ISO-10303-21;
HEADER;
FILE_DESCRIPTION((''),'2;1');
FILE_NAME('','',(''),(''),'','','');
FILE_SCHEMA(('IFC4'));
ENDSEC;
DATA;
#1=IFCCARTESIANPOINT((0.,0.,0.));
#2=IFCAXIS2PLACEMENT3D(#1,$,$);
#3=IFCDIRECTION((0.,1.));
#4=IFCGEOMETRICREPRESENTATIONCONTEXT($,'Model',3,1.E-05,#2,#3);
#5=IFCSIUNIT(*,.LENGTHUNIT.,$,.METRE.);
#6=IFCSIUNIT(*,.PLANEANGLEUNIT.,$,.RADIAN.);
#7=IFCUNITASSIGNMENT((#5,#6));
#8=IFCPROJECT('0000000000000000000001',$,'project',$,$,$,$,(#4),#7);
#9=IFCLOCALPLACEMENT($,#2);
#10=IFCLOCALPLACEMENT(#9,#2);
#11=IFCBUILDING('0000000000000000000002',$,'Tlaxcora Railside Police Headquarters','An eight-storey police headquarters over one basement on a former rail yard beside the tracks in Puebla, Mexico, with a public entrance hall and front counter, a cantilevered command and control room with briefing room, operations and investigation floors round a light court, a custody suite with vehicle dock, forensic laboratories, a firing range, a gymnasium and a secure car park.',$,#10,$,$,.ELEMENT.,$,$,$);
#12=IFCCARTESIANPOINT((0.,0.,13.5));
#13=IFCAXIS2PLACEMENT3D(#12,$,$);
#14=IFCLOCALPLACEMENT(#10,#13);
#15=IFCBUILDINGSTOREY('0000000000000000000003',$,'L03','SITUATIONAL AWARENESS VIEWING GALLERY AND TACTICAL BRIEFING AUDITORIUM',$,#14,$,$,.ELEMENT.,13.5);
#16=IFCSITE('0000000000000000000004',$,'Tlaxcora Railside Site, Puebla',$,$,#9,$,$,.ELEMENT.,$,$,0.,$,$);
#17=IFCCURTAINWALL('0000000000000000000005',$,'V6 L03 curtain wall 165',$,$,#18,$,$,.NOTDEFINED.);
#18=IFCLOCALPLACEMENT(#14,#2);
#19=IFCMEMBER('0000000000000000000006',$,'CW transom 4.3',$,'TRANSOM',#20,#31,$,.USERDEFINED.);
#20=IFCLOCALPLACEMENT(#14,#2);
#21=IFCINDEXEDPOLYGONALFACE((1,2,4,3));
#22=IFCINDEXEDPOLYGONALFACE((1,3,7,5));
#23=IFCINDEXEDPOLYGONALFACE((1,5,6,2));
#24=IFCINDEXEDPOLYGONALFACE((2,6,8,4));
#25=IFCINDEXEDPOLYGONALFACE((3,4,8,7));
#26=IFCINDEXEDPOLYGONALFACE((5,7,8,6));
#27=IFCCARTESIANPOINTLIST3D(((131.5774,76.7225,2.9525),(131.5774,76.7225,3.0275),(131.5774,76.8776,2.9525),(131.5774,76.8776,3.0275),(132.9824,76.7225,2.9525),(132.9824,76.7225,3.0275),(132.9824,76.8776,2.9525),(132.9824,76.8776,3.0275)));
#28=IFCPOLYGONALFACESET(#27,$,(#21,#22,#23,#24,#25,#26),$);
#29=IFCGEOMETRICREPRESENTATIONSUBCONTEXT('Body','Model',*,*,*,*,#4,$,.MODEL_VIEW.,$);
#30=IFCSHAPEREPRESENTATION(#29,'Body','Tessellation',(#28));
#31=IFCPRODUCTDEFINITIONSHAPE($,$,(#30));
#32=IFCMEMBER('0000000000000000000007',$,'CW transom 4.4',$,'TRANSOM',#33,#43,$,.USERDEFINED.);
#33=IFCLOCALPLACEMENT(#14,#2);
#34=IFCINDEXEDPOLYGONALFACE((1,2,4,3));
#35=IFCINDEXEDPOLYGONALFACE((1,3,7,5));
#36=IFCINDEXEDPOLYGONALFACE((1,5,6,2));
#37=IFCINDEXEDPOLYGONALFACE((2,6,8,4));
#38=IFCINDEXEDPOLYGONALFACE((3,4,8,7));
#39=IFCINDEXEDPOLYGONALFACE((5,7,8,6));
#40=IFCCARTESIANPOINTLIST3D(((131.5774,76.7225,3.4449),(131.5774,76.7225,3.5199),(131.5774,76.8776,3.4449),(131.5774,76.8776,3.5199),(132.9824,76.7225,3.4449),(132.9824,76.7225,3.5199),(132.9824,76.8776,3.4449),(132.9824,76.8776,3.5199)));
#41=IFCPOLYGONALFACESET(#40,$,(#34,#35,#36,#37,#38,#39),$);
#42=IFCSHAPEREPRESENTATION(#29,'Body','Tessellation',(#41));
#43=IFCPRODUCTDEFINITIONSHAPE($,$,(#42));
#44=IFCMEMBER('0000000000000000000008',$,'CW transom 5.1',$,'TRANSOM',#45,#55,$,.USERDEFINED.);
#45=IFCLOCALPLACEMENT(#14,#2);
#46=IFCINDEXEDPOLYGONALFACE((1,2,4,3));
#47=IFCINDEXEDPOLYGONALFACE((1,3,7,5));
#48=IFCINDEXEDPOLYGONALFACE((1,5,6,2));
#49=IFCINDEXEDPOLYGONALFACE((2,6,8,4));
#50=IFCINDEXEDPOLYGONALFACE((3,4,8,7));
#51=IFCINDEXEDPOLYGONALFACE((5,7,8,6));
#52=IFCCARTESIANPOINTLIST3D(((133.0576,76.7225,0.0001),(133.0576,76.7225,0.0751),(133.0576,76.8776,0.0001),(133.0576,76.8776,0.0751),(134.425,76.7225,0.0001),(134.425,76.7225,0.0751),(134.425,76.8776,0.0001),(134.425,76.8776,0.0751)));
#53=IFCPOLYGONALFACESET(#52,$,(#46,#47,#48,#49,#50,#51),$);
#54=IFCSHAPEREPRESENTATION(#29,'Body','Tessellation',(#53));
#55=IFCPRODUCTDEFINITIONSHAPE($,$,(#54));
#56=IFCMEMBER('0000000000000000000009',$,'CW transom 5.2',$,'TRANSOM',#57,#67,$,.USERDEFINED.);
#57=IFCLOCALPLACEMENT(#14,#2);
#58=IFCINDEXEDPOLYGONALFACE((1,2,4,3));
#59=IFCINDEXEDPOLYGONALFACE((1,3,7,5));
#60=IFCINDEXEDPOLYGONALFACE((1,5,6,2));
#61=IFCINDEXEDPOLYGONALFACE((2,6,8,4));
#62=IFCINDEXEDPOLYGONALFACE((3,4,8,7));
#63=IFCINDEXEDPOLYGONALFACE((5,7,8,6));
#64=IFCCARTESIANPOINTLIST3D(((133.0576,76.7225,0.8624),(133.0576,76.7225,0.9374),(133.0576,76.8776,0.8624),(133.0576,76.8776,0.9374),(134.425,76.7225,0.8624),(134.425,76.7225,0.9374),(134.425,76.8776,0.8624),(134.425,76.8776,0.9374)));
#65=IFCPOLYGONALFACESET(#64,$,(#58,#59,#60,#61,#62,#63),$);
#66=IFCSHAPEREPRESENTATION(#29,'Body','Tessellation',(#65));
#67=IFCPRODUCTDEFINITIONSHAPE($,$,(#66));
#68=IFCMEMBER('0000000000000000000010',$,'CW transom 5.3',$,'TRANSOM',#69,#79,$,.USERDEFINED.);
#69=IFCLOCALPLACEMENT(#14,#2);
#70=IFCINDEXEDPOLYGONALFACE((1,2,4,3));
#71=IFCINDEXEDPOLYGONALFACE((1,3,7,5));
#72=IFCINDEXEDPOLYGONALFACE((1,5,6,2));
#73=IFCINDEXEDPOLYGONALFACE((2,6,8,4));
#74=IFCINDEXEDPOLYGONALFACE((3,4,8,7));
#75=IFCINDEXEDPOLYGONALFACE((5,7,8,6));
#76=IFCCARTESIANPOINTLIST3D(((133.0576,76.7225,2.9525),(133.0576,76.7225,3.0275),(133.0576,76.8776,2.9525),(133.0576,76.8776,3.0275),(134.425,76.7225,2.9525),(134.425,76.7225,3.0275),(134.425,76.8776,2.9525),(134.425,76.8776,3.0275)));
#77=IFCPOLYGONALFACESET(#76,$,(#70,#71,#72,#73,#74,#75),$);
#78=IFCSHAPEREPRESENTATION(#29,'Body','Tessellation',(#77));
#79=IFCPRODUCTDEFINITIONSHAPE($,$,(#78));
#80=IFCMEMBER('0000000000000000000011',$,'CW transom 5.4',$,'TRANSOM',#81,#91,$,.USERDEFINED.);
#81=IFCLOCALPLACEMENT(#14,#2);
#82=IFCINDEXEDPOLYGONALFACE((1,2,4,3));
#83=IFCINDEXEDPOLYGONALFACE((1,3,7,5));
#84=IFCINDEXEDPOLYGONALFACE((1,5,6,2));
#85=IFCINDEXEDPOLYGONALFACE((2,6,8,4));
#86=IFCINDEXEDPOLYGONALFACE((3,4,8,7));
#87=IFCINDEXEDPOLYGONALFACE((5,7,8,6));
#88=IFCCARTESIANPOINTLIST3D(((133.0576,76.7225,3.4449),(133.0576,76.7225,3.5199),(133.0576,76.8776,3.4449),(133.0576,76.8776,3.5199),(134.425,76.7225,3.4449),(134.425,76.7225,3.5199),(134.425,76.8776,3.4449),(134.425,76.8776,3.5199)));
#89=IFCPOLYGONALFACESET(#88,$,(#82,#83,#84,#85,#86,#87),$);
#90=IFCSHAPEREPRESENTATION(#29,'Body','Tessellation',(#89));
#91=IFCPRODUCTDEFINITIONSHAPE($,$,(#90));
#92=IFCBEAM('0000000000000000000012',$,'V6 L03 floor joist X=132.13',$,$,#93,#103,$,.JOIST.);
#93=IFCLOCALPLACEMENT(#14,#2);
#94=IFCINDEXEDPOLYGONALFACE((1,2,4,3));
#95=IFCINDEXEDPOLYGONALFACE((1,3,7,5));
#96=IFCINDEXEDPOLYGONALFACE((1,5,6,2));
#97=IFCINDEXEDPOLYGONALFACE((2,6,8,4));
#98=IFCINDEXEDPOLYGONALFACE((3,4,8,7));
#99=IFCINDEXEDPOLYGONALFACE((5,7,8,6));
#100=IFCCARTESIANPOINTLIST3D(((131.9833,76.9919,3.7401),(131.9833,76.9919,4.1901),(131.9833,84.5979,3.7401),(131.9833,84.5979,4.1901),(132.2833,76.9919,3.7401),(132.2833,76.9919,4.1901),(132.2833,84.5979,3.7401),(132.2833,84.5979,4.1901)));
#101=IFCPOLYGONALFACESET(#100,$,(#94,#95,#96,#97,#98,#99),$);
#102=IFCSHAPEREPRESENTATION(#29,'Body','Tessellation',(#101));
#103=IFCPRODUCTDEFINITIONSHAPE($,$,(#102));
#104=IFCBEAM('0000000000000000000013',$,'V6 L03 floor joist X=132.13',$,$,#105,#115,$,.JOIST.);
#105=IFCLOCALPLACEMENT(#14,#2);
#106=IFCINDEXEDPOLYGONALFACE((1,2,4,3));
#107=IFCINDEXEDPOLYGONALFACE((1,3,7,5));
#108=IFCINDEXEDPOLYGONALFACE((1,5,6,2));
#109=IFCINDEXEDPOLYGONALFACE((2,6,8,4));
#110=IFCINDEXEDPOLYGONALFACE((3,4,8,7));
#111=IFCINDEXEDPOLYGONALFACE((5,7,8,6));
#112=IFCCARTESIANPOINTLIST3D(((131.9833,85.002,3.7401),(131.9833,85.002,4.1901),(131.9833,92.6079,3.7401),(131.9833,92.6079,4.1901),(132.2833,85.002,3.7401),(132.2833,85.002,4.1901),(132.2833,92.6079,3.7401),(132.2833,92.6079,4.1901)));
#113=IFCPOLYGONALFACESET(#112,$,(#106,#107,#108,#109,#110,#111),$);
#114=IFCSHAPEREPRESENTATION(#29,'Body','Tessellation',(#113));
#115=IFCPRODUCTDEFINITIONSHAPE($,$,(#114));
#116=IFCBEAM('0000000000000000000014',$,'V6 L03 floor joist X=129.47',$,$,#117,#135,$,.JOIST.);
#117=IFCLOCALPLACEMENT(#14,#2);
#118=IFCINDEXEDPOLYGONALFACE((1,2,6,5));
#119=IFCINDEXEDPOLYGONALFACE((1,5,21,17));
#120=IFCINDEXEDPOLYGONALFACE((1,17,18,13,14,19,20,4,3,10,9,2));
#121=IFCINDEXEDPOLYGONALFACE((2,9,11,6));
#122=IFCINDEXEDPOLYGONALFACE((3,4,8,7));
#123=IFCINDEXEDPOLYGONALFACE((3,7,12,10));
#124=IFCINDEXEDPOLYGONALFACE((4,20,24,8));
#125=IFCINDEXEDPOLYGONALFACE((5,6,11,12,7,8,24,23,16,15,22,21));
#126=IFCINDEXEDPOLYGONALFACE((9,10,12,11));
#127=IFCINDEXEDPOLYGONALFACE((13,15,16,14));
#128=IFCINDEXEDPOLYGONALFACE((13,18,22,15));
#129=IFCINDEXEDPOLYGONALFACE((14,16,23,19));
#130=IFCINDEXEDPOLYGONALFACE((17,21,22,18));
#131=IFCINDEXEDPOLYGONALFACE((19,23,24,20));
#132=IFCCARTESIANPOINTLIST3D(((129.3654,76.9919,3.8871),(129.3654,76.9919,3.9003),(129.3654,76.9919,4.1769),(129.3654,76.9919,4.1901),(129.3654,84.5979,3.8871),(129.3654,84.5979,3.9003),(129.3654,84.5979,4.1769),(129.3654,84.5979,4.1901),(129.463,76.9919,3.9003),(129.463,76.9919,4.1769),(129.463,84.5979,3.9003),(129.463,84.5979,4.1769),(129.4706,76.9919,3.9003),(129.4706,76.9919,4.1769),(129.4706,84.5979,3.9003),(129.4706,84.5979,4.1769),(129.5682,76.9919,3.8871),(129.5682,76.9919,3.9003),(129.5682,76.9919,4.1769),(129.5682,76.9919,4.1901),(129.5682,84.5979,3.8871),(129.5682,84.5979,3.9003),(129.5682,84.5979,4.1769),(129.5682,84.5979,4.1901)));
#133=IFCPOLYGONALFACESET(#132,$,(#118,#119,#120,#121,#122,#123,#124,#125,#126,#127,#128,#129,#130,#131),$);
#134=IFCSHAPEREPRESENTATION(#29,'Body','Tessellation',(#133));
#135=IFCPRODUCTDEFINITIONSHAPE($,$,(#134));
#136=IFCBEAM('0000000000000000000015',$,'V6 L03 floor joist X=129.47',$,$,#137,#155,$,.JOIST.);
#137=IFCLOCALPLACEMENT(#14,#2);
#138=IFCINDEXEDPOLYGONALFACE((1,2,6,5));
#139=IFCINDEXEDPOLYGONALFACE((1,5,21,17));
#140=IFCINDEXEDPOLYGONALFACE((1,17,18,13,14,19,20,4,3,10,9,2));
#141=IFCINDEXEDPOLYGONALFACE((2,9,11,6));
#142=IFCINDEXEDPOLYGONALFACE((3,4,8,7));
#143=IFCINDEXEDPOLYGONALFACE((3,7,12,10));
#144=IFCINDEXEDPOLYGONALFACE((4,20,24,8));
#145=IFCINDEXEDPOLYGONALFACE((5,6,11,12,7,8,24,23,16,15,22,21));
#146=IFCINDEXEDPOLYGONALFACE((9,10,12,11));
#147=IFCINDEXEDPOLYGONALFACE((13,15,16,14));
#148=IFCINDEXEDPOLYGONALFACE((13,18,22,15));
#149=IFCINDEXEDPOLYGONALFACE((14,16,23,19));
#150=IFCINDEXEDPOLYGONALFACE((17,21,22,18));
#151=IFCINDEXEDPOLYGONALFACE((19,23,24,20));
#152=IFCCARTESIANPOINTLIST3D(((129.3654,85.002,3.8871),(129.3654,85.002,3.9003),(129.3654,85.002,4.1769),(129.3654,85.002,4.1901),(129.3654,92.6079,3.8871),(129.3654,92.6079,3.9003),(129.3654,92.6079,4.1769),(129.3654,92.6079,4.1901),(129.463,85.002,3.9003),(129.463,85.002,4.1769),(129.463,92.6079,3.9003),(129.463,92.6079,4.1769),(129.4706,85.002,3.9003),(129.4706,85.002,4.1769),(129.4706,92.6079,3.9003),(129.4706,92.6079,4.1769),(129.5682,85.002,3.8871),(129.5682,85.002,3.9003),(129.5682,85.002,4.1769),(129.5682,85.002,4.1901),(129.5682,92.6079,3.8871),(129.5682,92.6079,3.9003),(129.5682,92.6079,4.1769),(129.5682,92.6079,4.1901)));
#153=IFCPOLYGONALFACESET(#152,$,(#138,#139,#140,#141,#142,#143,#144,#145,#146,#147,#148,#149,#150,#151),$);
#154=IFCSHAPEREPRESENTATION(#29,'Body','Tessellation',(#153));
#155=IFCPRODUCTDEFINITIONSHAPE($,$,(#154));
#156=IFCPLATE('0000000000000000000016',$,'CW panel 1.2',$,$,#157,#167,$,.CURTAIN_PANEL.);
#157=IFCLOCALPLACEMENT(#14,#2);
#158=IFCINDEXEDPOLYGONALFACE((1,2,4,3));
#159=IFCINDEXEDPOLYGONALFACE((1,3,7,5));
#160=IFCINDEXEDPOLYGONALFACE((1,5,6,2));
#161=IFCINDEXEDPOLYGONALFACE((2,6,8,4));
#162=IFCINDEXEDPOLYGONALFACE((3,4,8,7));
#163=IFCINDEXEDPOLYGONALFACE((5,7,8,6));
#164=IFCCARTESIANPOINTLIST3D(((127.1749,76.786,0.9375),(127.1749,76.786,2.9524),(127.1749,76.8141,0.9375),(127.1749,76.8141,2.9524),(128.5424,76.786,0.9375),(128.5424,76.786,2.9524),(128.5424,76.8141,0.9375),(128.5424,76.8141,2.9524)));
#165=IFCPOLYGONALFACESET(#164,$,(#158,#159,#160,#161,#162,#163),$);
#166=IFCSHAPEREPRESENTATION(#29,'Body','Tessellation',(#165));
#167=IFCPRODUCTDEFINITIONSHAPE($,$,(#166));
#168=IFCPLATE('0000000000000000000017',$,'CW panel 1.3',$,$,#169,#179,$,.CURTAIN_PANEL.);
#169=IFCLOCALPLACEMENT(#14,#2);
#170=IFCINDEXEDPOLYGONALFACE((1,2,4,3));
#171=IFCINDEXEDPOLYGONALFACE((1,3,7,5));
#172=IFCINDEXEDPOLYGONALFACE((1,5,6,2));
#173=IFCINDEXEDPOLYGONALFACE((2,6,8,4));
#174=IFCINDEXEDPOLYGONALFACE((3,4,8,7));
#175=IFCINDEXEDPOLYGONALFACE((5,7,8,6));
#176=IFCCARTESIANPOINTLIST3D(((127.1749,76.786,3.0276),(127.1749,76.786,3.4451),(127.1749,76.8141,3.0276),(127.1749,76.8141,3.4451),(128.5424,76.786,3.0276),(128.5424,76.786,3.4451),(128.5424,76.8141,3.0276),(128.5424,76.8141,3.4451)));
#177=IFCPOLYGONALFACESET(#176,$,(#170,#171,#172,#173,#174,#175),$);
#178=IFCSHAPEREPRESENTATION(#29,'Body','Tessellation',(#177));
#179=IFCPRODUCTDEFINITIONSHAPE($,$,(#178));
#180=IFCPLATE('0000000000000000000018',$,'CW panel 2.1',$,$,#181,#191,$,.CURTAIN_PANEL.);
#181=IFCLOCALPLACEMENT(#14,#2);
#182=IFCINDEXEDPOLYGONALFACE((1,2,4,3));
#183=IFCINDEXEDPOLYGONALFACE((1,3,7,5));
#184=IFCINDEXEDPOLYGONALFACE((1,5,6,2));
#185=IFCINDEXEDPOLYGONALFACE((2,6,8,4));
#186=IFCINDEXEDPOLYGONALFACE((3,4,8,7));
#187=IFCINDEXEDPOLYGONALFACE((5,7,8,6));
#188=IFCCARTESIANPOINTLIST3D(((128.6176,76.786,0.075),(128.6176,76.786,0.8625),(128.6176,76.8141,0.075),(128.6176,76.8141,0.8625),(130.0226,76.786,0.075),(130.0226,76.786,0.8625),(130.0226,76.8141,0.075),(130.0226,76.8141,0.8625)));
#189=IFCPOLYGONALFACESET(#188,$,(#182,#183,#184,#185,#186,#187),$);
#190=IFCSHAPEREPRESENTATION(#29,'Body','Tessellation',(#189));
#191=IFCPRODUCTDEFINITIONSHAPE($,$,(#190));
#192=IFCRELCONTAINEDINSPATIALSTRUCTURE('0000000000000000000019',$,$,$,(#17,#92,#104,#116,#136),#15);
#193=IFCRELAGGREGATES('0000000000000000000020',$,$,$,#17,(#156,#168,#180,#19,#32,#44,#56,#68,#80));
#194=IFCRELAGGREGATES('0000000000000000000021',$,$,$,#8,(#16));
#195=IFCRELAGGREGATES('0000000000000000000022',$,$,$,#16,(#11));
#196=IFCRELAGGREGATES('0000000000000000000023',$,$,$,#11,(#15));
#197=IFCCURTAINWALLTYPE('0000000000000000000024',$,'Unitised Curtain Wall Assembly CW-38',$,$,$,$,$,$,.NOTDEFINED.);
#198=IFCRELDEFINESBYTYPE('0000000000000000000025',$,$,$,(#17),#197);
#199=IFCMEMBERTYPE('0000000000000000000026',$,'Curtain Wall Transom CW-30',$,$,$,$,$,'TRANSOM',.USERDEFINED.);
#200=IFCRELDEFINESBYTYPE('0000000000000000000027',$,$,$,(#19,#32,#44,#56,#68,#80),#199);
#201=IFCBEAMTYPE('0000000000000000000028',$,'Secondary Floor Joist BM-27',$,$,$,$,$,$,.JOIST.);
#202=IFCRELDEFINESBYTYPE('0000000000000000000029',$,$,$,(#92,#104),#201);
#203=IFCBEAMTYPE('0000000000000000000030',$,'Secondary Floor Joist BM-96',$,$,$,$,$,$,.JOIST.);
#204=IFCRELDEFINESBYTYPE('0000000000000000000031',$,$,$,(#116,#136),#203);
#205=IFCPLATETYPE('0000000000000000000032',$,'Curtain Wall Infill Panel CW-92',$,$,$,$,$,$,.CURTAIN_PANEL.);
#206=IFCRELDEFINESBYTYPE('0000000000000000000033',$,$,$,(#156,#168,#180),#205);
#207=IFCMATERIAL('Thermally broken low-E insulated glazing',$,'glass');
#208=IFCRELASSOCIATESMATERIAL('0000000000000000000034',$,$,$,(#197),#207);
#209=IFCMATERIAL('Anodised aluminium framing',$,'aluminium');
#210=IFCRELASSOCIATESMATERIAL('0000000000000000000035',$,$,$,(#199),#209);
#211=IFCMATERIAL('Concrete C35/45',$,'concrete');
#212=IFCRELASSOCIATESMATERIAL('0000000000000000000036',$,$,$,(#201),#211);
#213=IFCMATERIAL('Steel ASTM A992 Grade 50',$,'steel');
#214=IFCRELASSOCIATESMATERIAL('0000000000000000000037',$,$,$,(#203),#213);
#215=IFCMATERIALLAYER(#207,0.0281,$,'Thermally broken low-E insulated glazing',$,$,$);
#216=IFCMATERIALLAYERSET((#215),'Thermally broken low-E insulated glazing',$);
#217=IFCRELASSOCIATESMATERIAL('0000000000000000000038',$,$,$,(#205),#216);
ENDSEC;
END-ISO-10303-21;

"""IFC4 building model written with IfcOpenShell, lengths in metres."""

from ifc_helpers import new_model, si_unit, direction, frame, origin, origin_2d, place, context, subcontext, project, spatial, rectangle, i_section, extrude, material, layer, layer_set, material_profile, profile_set, type_object, element, aggregate, save


model = new_model("IFC4")

# Units and contexts
model_context = context("Model", 3, precision=1e-05, world=origin(), true_north=direction((0.0, 1.0)))
body_context = subcontext(model_context, "Body", "Model", "MODEL_VIEW")
ifc_project = project(units=[si_unit("LENGTHUNIT", "METRE"), si_unit("PLANEANGLEUNIT", "RADIAN")], contexts=[model_context])

# Site, building, storey
site_placement = place(None, origin())
site = spatial("IfcSite", under=ifc_project, at=site_placement, Name="Tlaxcora Railside Site, Puebla", CompositionType="ELEMENT", RefElevation=0.0)
building_placement = place(site_placement, origin())
building = spatial("IfcBuilding", under=site, at=building_placement, Name="Tlaxcora Railside Police Headquarters", Description="An eight-storey police headquarters over one basement on a former rail yard beside the tracks in Puebla, Mexico, with a public entrance hall and front counter, a cantilevered command and control room with briefing room, operations and investigation floors round a light court, a custody suite with vehicle dock, forensic laboratories, a firing range, a gymnasium and a secure car park.", CompositionType="ELEMENT")
storey_placement = place(building_placement, frame((0.0, 0.0, 13.5)))
storey = spatial("IfcBuildingStorey", under=building, at=storey_placement, Name="L03", Description="SITUATIONAL AWARENESS VIEWING GALLERY AND TACTICAL BRIEFING AUDITORIUM", CompositionType="ELEMENT", Elevation=13.5)

# Curtain wall, members
ifc_material_1 = material(Name="Thermally broken low-E insulated glazing", Category="glass")
curtain_wall_type = type_object("IfcCurtainWallType", Name="Unitised Curtain Wall Assembly CW-38", PredefinedType="NOTDEFINED", material=ifc_material_1)
curtain_wall_placement = place(storey_placement, origin())
curtain_wall = element("IfcCurtainWall", 1, at=curtain_wall_placement, inside=storey, type_object=curtain_wall_type, Name="V6 L03 curtain wall 165", PredefinedType="NOTDEFINED")
ifc_material_2 = material(Name="Anodised aluminium framing", Category="aluminium")
ifc_material_profile_1 = material_profile(ifc_material_2, rectangle(XDim=0.155, YDim=0.075, at=origin_2d()), Name="AL75X155")
ifc_profile_set_1 = profile_set([ifc_material_profile_1], Name="Anodised aluminium framing")
member_type_1 = type_object("IfcMemberType", Name="Curtain Wall Transom CW-30", ElementType="TRANSOM", PredefinedType="USERDEFINED", material=ifc_profile_set_1)
member_1_placement = place(storey_placement, frame((131.5774, 76.8, 2.99), z_axis=(1.0, 0.0, 0.0), x_axis=(0.0, 1.0, 0.0)))
member_1 = element("IfcMember", 2, at=member_1_placement, type_object=member_type_1, Name="CW transom 4.3", ObjectType="TRANSOM", PredefinedType="USERDEFINED", context=body_context, shape_type="SweptSolid", body=[
    extrude(rectangle(XDim=0.155, YDim=0.075, at=origin_2d()), origin(), (0.0, 0.0, 1.0), 1.405),
])
member_2_placement = place(storey_placement, frame((131.5774, 76.8, 3.4824), z_axis=(1.0, 0.0, 0.0), x_axis=(0.0, 1.0, 0.0)))
member_2 = element("IfcMember", 3, at=member_2_placement, type_object=member_type_1, Name="CW transom 4.4", ObjectType="TRANSOM", PredefinedType="USERDEFINED", context=body_context, shape_type="SweptSolid", body=[
    extrude(rectangle(XDim=0.155, YDim=0.075, at=origin_2d()), origin(), (0.0, 0.0, 1.0), 1.405),
])
member_3_placement = place(storey_placement, frame((133.0576, 76.8, 0.0376), z_axis=(1.0, 0.0, 0.0), x_axis=(0.0, 1.0, 0.0)))
member_3 = element("IfcMember", 4, at=member_3_placement, type_object=member_type_1, Name="CW transom 5.1", ObjectType="TRANSOM", PredefinedType="USERDEFINED", context=body_context, shape_type="SweptSolid", body=[
    extrude(rectangle(XDim=0.155, YDim=0.075, at=origin_2d()), origin(), (0.0, 0.0, 1.0), 1.3674),
])
member_4_placement = place(storey_placement, frame((133.0576, 76.8, 0.8999), z_axis=(1.0, 0.0, 0.0), x_axis=(0.0, 1.0, 0.0)))
member_4 = element("IfcMember", 5, at=member_4_placement, type_object=member_type_1, Name="CW transom 5.2", ObjectType="TRANSOM", PredefinedType="USERDEFINED", context=body_context, shape_type="SweptSolid", body=[
    extrude(rectangle(XDim=0.155, YDim=0.075, at=origin_2d()), origin(), (0.0, 0.0, 1.0), 1.3674),
])
member_5_placement = place(storey_placement, frame((133.0576, 76.8, 2.99), z_axis=(1.0, 0.0, 0.0), x_axis=(0.0, 1.0, 0.0)))
member_5 = element("IfcMember", 6, at=member_5_placement, type_object=member_type_1, Name="CW transom 5.3", ObjectType="TRANSOM", PredefinedType="USERDEFINED", context=body_context, shape_type="SweptSolid", body=[
    extrude(rectangle(XDim=0.155, YDim=0.075, at=origin_2d()), origin(), (0.0, 0.0, 1.0), 1.3674),
])
member_6_placement = place(storey_placement, frame((133.0576, 76.8, 3.4824), z_axis=(1.0, 0.0, 0.0), x_axis=(0.0, 1.0, 0.0)))
member_6 = element("IfcMember", 7, at=member_6_placement, type_object=member_type_1, Name="CW transom 5.4", ObjectType="TRANSOM", PredefinedType="USERDEFINED", context=body_context, shape_type="SweptSolid", body=[
    extrude(rectangle(XDim=0.155, YDim=0.075, at=origin_2d()), origin(), (0.0, 0.0, 1.0), 1.3674),
])

# Beams
ifc_material_3 = material(Name="Concrete C35/45", Category="concrete")
ifc_material_profile_2 = material_profile(ifc_material_3, rectangle(XDim=0.3, YDim=0.45, at=origin_2d()), Name="RC300X450")
ifc_profile_set_2 = profile_set([ifc_material_profile_2], Name="Concrete C35/45")
beam_type_1 = type_object("IfcBeamType", Name="Secondary Floor Joist BM-27", PredefinedType="JOIST", material=ifc_profile_set_2)
for number, where, z_axis, x_axis, name in (
    (8, (132.1333, 76.9919, 3.9651), (0.0, 1.0, 0.0), (-1.0, 0.0, 0.0), "V6 L03 floor joist X=132.13"),
    (9, (132.1333, 85.002, 3.9651), (0.0, 1.0, 0.0), (-1.0, 0.0, 0.0), "V6 L03 floor joist X=132.13"),
):
    element("IfcBeam", number, at=place(storey_placement, frame(where, z_axis=z_axis, x_axis=x_axis)), inside=storey, type_object=beam_type_1, Name=name, PredefinedType="JOIST", context=body_context, shape_type="SweptSolid", body=[
        extrude(rectangle(XDim=0.3, YDim=0.45, at=origin_2d()), origin(), (0.0, 0.0, 1.0), 7.606),
    ])
ifc_material_4 = material(Name="Steel ASTM A992 Grade 50", Category="steel")
ifc_material_profile_3 = material_profile(ifc_material_4, i_section(OverallWidth=0.2029, OverallDepth=0.303, WebThickness=0.0076, FlangeThickness=0.0132, at=origin_2d()), Name="W12X40")
ifc_profile_set_3 = profile_set([ifc_material_profile_3], Name="Steel ASTM A992 Grade 50")
beam_type_2 = type_object("IfcBeamType", Name="Secondary Floor Joist BM-96", PredefinedType="JOIST", material=ifc_profile_set_3)
for number, where, z_axis, x_axis, name in (
    (10, (129.4668, 76.9919, 4.0386), (0.0, 1.0, 0.0), (-1.0, 0.0, 0.0), "V6 L03 floor joist X=129.47"),
    (11, (129.4668, 85.002, 4.0386), (0.0, 1.0, 0.0), (-1.0, 0.0, 0.0), "V6 L03 floor joist X=129.47"),
):
    element("IfcBeam", number, at=place(storey_placement, frame(where, z_axis=z_axis, x_axis=x_axis)), inside=storey, type_object=beam_type_2, Name=name, PredefinedType="JOIST", context=body_context, shape_type="SweptSolid", body=[
        extrude(i_section(OverallWidth=0.2029, OverallDepth=0.303, WebThickness=0.0076, FlangeThickness=0.0132, at=origin_2d()), origin(), (0.0, 0.0, 1.0), 7.606),
    ])

# Plates
ifc_layer = layer(ifc_material_1, 0.0281, Name="Thermally broken low-E insulated glazing")
ifc_layer_set = layer_set([ifc_layer], Name="Thermally broken low-E insulated glazing")
plate_type = type_object("IfcPlateType", Name="Curtain Wall Infill Panel CW-92", PredefinedType="CURTAIN_PANEL", material=ifc_layer_set)
plate_1_placement = place(storey_placement, frame((127.8586, 76.8, 0.9375), z_axis=(0.0, 0.0, 1.0), x_axis=(1.0, 0.0, 0.0)))
plate_1 = element("IfcPlate", 12, at=plate_1_placement, type_object=plate_type, Name="CW panel 1.2", PredefinedType="CURTAIN_PANEL", context=body_context, shape_type="SweptSolid", body=[
    extrude(rectangle(XDim=1.3674, YDim=0.0281, at=origin_2d()), origin(), (0.0, 0.0, 1.0), 2.0149),
])
plate_2_placement = place(storey_placement, frame((127.8586, 76.8, 3.0276), z_axis=(0.0, 0.0, 1.0), x_axis=(1.0, 0.0, 0.0)))
plate_2 = element("IfcPlate", 13, at=plate_2_placement, type_object=plate_type, Name="CW panel 1.3", PredefinedType="CURTAIN_PANEL", context=body_context, shape_type="SweptSolid", body=[
    extrude(rectangle(XDim=1.3674, YDim=0.0281, at=origin_2d()), origin(), (0.0, 0.0, 1.0), 0.4175),
])
plate_3_placement = place(storey_placement, frame((129.3201, 76.8, 0.075), z_axis=(0.0, 0.0, 1.0), x_axis=(1.0, 0.0, 0.0)))
plate_3 = element("IfcPlate", 14, at=plate_3_placement, type_object=plate_type, Name="CW panel 2.1", PredefinedType="CURTAIN_PANEL", context=body_context, shape_type="SweptSolid", body=[
    extrude(rectangle(XDim=1.405, YDim=0.0281, at=origin_2d()), origin(), (0.0, 0.0, 1.0), 0.7876),
])
aggregate(curtain_wall, [plate_1, plate_2, plate_3, member_1, member_2, member_3, member_4, member_5, member_6])

save(model, "model.ifc")
